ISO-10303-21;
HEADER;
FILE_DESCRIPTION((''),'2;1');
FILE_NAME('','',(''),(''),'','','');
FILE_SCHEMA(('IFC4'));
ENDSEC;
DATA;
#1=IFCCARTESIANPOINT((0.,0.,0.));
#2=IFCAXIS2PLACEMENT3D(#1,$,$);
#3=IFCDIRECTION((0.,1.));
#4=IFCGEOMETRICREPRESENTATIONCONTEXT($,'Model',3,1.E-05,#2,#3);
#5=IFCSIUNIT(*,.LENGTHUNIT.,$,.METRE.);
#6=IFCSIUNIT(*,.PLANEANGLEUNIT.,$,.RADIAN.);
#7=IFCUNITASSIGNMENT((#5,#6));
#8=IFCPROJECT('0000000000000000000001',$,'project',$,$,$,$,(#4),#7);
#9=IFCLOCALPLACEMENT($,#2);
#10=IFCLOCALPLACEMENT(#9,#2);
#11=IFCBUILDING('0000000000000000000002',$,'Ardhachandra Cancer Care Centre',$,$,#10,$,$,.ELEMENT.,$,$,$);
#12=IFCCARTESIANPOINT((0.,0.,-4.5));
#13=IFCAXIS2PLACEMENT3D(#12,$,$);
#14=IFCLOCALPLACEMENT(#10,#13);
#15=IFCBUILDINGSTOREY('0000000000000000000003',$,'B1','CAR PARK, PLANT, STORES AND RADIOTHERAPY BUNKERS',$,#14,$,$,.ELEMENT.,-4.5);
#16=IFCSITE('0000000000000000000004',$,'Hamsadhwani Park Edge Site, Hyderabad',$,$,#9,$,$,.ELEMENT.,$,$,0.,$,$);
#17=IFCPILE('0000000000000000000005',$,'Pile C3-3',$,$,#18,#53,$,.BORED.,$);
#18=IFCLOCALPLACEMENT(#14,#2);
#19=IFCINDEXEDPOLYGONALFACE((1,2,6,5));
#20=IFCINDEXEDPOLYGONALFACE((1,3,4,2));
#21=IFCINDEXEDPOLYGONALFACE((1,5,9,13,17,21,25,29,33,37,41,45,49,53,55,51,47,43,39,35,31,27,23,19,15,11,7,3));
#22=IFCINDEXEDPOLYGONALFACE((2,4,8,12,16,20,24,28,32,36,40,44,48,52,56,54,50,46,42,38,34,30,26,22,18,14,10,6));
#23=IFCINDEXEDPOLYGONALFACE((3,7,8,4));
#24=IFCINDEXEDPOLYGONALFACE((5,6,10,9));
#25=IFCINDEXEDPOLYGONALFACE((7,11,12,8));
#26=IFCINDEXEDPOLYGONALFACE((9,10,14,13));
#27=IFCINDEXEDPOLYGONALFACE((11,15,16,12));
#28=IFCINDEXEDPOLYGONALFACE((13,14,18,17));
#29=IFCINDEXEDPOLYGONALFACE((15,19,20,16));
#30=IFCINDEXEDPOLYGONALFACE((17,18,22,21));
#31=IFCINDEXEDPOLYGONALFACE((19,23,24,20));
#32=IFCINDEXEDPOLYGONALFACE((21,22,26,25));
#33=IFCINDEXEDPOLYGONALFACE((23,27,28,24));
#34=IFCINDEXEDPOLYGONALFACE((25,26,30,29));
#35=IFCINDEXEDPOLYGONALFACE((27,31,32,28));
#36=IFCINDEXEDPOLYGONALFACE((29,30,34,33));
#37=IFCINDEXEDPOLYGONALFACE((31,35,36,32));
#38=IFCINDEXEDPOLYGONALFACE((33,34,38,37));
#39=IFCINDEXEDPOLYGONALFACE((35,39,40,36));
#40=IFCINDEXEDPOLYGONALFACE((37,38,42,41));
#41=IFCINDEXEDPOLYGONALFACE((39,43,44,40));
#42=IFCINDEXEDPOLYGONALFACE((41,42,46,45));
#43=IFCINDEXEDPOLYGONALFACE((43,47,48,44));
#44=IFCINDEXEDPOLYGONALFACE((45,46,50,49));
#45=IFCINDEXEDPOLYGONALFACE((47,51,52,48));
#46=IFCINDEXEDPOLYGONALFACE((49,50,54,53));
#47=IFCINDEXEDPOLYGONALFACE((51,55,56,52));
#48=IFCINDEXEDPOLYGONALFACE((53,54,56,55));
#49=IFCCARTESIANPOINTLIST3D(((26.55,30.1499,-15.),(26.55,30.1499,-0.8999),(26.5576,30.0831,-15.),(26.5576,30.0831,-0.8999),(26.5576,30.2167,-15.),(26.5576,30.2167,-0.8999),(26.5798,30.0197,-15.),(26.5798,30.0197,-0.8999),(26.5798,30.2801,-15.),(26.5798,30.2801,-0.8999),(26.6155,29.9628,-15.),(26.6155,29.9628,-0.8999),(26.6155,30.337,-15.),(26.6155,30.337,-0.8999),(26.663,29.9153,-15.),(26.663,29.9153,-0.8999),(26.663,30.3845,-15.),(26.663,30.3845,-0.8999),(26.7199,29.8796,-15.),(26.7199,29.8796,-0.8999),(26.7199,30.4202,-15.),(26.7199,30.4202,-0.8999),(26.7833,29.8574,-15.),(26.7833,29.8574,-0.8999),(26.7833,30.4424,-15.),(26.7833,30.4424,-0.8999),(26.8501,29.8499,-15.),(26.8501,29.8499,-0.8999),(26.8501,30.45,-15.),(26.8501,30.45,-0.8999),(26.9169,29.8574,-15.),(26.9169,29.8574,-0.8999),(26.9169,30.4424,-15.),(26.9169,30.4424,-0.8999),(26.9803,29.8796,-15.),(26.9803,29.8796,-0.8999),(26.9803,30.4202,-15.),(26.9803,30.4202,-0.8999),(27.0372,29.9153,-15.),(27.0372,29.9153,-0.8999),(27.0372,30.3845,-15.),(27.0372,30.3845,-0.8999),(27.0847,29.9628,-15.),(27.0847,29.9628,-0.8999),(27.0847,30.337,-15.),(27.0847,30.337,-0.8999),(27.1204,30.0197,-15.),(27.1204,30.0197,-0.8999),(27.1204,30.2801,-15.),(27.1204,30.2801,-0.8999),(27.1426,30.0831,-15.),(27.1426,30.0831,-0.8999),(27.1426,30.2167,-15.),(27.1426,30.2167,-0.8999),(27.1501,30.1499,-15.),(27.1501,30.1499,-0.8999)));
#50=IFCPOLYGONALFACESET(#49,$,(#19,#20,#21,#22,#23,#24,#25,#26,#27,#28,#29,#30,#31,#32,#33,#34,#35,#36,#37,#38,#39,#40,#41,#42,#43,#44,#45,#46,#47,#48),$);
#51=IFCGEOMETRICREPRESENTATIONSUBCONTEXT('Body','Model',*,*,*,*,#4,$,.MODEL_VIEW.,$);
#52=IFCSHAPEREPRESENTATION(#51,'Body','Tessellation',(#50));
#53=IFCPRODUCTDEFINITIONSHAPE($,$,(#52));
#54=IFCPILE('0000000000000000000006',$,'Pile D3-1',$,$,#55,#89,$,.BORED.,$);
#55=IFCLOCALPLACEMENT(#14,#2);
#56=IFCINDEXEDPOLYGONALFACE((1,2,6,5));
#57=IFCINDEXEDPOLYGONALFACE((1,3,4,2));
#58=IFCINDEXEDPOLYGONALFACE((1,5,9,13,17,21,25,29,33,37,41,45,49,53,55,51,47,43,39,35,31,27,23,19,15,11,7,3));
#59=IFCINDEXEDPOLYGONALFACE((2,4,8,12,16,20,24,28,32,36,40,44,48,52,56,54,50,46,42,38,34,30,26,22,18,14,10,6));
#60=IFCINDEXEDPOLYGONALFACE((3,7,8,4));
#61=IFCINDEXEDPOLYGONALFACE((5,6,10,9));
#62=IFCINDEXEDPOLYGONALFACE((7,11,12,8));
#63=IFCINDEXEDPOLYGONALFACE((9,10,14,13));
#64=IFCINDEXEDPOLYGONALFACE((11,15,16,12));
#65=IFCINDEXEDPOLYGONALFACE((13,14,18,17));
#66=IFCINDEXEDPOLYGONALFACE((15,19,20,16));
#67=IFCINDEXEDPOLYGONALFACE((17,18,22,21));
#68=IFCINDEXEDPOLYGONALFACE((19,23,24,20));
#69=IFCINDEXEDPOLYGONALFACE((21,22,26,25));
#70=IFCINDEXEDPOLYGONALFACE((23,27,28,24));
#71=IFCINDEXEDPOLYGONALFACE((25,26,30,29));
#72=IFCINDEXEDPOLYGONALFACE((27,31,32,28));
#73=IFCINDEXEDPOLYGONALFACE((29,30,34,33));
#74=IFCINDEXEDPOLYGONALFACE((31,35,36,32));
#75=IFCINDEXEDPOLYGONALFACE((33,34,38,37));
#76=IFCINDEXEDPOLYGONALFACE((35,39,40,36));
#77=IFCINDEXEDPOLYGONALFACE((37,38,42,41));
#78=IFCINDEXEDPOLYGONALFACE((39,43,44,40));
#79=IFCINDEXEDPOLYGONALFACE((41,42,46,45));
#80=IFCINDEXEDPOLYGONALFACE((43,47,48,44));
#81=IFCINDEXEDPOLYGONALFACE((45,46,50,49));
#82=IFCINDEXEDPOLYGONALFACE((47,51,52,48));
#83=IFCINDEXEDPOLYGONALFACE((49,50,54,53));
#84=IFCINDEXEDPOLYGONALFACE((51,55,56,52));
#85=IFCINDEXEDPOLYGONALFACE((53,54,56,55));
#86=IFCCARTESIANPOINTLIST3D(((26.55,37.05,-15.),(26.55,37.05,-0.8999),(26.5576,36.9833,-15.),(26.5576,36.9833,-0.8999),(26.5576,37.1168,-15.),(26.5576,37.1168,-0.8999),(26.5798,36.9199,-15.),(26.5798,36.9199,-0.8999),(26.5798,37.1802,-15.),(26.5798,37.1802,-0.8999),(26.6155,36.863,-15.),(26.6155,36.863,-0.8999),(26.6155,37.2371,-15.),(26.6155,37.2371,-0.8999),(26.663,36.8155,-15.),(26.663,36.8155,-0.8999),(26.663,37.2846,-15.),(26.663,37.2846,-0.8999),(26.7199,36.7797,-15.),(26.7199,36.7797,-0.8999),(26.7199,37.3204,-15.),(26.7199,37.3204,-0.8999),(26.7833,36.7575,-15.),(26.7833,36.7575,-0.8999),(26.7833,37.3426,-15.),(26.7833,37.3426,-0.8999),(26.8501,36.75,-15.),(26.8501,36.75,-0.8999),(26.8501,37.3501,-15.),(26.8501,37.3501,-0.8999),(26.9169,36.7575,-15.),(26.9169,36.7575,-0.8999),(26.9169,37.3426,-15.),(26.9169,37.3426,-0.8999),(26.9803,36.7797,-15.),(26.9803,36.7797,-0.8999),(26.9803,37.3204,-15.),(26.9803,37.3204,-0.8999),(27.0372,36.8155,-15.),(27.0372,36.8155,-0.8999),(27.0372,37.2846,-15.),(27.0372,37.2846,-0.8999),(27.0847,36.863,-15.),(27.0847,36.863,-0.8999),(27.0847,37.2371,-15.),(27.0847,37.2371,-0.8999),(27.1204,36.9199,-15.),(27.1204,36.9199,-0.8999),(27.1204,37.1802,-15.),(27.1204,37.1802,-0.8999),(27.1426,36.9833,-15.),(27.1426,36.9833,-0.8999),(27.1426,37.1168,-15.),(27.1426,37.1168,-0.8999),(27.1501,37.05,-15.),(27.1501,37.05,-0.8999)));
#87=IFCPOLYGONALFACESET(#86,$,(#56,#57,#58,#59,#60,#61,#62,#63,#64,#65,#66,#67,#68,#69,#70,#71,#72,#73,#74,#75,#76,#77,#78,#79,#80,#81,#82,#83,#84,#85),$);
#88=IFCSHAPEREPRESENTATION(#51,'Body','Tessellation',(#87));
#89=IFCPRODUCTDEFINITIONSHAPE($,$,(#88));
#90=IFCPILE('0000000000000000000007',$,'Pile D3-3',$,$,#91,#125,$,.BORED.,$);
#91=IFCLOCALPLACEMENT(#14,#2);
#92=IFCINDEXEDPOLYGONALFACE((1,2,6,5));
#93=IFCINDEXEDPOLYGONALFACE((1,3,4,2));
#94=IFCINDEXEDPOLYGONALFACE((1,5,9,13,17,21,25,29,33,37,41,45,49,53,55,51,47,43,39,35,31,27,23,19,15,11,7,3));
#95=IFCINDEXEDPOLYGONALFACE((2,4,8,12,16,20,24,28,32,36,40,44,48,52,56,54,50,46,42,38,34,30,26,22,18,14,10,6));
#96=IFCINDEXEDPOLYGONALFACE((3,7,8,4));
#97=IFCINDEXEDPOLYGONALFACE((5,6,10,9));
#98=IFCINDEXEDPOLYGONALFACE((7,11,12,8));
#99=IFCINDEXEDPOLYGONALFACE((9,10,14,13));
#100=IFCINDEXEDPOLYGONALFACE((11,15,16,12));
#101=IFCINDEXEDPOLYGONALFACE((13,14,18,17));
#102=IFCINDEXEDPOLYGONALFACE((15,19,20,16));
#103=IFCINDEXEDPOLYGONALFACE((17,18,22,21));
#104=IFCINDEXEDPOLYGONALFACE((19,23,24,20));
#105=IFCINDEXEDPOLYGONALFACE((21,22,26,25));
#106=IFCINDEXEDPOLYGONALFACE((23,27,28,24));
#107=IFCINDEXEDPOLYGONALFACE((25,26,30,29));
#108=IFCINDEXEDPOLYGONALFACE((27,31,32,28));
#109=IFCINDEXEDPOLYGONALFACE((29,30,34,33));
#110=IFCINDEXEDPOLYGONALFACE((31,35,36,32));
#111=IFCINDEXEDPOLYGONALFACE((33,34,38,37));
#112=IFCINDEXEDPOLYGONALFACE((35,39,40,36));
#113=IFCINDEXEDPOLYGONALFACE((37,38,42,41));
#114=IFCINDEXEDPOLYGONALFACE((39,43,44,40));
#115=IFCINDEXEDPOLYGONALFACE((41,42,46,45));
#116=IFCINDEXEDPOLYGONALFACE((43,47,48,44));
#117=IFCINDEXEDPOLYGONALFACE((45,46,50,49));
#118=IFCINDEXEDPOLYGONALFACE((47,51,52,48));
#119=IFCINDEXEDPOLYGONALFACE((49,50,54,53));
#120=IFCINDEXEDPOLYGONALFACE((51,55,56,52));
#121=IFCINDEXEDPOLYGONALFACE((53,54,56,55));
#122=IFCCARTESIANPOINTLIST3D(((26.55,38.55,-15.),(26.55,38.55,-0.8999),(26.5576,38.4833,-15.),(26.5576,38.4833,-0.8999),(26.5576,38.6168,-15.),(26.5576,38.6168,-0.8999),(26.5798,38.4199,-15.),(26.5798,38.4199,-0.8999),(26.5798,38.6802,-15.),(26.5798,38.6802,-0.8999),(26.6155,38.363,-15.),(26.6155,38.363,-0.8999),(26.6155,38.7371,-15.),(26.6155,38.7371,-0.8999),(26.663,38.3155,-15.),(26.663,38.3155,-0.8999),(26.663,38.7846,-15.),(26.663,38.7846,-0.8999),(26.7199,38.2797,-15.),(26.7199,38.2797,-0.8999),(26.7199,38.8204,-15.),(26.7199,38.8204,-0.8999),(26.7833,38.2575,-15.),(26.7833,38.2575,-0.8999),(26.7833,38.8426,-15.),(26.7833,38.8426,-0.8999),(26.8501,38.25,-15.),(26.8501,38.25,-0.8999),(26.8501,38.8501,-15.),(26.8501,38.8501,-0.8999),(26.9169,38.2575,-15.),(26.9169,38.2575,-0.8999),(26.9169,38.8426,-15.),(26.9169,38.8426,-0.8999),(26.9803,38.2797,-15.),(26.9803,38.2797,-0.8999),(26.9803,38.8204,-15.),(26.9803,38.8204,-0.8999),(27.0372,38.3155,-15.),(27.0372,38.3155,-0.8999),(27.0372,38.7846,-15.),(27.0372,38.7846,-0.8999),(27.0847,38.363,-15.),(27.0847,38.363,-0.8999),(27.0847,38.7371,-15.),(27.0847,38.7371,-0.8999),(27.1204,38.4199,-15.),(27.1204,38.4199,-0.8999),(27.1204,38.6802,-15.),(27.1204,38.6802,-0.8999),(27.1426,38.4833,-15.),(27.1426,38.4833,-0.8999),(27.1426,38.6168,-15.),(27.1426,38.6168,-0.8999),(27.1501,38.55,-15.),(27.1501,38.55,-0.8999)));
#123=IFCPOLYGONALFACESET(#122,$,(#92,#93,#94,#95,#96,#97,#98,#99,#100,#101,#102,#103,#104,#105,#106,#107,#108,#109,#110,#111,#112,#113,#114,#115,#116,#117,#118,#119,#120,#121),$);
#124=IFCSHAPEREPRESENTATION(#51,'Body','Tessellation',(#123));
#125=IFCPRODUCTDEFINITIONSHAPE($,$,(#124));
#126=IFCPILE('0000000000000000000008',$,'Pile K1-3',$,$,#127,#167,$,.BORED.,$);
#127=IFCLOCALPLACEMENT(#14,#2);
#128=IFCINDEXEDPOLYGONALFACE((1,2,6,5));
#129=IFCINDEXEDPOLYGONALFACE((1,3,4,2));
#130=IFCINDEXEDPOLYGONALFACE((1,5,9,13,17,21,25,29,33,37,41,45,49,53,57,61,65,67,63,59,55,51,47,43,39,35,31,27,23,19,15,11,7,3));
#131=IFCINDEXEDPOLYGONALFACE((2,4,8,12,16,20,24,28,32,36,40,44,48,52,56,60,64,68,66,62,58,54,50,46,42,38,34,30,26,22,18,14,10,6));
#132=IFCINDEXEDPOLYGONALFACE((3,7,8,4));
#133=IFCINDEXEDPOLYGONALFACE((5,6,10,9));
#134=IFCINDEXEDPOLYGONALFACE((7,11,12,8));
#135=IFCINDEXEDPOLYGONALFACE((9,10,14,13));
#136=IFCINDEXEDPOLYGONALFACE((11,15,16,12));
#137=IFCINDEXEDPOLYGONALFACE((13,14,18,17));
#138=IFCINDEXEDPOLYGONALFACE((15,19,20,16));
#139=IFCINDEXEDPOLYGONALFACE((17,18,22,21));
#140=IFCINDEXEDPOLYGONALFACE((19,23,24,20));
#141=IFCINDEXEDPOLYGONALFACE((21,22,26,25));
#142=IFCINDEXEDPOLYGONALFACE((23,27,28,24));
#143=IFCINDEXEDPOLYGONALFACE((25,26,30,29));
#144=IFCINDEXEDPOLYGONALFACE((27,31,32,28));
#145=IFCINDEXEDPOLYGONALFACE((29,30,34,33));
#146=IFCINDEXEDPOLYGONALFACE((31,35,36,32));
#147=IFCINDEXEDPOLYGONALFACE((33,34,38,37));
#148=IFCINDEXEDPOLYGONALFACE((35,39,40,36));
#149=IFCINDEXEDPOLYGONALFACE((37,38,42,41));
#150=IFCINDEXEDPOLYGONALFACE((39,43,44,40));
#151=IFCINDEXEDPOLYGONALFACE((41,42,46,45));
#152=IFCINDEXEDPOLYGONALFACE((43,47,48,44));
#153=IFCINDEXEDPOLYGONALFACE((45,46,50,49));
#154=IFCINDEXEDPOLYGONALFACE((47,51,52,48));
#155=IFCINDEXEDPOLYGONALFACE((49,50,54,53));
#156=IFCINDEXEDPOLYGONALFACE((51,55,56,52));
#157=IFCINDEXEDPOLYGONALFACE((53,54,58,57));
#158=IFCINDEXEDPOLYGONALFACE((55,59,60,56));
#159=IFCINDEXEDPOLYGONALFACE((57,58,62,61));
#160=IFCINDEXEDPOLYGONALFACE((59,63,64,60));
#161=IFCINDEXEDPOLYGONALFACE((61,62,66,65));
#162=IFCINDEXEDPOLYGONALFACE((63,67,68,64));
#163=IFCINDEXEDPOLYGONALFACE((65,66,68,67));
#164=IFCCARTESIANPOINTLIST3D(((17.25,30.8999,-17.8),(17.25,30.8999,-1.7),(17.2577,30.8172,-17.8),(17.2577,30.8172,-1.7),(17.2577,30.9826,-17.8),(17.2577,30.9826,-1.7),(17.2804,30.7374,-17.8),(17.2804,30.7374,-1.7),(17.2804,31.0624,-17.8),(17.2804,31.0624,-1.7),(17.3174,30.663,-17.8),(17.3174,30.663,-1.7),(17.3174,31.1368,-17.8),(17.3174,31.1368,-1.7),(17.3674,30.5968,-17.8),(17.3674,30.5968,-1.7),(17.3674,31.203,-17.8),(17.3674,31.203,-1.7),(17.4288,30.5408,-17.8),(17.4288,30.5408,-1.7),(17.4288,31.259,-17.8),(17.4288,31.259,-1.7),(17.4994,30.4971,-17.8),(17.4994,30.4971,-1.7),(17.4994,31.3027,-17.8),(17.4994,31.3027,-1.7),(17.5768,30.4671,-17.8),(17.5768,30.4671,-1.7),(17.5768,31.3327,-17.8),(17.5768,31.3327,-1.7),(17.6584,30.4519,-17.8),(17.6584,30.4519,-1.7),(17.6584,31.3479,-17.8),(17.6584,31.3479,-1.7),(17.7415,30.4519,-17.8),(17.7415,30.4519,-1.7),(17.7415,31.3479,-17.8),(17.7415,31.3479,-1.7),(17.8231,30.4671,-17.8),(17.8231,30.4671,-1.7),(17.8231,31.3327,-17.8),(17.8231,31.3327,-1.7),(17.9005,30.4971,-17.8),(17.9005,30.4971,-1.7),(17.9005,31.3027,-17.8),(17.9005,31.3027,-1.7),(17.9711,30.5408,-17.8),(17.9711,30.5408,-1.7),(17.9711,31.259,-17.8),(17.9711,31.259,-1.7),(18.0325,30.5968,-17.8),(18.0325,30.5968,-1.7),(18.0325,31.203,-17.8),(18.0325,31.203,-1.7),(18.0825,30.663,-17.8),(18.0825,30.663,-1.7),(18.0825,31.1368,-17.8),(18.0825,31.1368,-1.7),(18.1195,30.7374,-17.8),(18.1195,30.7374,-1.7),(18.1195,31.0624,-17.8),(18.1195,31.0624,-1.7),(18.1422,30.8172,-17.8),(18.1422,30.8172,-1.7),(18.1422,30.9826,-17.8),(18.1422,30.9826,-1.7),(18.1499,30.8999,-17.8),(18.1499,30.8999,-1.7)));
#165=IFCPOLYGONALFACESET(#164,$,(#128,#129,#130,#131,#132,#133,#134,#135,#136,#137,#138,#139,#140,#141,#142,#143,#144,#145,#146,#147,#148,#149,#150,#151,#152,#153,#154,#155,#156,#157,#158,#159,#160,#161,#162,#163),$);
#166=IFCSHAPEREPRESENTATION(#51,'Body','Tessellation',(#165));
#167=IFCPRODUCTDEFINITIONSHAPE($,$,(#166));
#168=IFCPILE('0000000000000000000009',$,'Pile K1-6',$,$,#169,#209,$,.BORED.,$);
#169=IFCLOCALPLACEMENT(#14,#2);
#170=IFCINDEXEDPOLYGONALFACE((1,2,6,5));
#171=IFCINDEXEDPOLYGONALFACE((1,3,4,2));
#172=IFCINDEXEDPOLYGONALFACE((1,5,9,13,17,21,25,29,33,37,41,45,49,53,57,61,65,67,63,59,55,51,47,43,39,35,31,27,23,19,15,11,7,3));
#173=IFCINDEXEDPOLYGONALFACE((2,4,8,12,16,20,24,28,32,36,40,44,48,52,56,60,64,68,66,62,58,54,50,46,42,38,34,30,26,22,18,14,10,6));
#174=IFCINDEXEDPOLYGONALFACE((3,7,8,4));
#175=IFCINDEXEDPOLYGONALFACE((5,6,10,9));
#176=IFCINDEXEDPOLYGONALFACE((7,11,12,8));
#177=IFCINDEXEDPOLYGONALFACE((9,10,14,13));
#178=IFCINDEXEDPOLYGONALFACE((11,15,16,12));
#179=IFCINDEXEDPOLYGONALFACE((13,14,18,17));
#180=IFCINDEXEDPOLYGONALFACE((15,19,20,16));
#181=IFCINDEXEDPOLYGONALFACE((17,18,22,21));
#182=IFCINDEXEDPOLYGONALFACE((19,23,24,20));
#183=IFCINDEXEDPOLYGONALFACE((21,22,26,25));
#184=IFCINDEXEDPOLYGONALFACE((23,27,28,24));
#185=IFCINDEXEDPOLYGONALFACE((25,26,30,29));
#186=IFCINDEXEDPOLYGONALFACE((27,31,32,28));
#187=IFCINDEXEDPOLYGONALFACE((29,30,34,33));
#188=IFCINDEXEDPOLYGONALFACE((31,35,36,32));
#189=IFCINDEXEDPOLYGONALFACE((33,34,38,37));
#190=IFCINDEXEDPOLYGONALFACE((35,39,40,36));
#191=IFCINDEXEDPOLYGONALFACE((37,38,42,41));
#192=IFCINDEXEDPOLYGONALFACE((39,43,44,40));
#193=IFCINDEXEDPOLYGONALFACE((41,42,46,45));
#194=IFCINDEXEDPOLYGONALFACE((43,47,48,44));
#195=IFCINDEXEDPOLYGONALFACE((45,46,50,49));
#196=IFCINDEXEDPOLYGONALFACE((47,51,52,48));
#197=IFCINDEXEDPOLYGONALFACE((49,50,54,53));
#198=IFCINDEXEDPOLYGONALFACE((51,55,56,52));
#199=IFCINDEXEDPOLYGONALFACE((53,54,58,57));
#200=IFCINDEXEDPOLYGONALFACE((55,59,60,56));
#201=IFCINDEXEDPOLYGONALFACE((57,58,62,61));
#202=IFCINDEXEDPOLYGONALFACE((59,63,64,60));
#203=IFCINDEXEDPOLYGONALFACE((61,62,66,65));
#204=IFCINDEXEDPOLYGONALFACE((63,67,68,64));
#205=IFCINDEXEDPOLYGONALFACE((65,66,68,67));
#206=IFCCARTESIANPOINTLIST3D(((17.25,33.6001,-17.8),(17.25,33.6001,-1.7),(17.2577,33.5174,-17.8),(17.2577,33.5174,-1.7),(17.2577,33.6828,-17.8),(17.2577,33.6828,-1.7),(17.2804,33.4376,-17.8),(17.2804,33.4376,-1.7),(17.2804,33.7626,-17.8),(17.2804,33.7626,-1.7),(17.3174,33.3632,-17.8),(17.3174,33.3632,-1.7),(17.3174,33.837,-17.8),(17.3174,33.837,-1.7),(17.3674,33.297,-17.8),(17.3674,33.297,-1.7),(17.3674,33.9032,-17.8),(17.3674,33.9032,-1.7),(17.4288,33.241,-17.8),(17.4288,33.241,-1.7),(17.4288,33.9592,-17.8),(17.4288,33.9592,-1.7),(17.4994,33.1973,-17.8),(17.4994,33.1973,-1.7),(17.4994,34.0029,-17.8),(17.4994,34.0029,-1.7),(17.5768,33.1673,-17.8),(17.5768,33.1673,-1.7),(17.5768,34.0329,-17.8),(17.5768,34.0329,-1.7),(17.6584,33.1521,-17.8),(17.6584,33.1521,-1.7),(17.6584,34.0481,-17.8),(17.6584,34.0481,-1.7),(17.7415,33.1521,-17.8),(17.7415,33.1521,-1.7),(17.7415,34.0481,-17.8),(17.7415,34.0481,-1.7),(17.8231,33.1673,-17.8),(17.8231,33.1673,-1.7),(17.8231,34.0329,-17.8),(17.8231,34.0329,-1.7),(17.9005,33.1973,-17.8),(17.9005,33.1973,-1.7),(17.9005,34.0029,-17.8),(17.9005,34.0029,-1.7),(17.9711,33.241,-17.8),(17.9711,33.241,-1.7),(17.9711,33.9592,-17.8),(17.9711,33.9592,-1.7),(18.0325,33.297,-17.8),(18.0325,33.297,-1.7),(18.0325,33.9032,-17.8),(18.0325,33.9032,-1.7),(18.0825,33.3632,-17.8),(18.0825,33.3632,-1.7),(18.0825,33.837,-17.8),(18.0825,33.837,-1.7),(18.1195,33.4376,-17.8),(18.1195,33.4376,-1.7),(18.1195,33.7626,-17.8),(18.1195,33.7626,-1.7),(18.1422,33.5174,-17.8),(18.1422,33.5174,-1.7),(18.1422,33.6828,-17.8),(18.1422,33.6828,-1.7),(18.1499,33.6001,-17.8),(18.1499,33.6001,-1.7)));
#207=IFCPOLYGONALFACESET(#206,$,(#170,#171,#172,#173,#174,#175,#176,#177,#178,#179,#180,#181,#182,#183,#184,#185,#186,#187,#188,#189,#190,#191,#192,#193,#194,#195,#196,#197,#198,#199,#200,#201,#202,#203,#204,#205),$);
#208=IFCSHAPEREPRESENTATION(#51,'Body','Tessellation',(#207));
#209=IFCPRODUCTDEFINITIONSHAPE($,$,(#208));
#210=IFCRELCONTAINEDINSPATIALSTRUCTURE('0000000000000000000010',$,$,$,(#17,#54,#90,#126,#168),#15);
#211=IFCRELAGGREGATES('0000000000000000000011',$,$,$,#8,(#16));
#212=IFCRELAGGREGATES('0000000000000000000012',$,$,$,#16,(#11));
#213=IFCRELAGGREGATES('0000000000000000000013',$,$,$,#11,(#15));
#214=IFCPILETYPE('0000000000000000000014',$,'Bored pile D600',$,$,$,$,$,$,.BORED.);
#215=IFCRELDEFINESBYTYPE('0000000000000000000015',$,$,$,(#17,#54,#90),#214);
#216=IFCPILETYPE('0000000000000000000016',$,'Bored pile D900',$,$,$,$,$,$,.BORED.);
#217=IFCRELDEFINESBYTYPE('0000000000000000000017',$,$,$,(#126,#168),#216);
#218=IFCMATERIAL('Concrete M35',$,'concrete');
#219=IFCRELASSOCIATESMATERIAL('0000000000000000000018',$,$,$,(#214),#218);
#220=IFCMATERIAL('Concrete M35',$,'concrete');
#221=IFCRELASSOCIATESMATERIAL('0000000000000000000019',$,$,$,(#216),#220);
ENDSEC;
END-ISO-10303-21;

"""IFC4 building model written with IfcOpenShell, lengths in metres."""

from ifc_helpers import new_model, si_unit, direction, frame, origin, origin_2d, place, context, subcontext, project, spatial, circle, extrude, material, material_profile, profile_set, type_object, element, save


model = new_model("IFC4")

# Units and contexts
model_context = context("Model", 3, precision=1e-05, world=origin(), true_north=direction((0.0, 1.0)))
body_context = subcontext(model_context, "Body", "Model", "MODEL_VIEW")
ifc_project = project(units=[si_unit("LENGTHUNIT", "METRE"), si_unit("PLANEANGLEUNIT", "RADIAN")], contexts=[model_context])

# Site, building, storey
site_placement = place(None, origin())
site = spatial("IfcSite", under=ifc_project, at=site_placement, Name="Hamsadhwani Park Edge Site, Hyderabad", CompositionType="ELEMENT", RefElevation=0.0)
building_placement = place(site_placement, origin())
building = spatial("IfcBuilding", under=site, at=building_placement, Name="Ardhachandra Cancer Care Centre", CompositionType="ELEMENT")
storey_placement = place(building_placement, frame((0.0, 0.0, -4.5)))
storey = spatial("IfcBuildingStorey", under=building, at=storey_placement, Name="B1", Description="CAR PARK, PLANT, STORES AND RADIOTHERAPY BUNKERS", CompositionType="ELEMENT", Elevation=-4.5)

# Piles
ifc_material_1 = material(Name="Concrete M35", Category="concrete")
ifc_material_profile_1 = material_profile(ifc_material_1, circle(Radius=0.3, at=origin_2d()), Name="D600")
ifc_profile_set_1 = profile_set([ifc_material_profile_1], Name="Concrete M35")
pile_type_1 = type_object("IfcPileType", Name="Bored pile D600", PredefinedType="BORED", material=ifc_profile_set_1)
for number, where, z_axis, x_axis, name in (
    (1, (26.8501, 30.1499, -0.8999), (0.0, 0.0, -1.0), (1.0, 0.0, 0.0), "Pile C3-3"),
    (2, (26.8501, 37.05, -0.8999), (0.0, 0.0, -1.0), (1.0, 0.0, 0.0), "Pile D3-1"),
    (3, (26.8501, 38.55, -0.8999), (0.0, 0.0, -1.0), (1.0, 0.0, 0.0), "Pile D3-3"),
):
    element("IfcPile", number, at=place(storey_placement, frame(where, z_axis=z_axis, x_axis=x_axis)), inside=storey, type_object=pile_type_1, Name=name, PredefinedType="BORED", context=body_context, shape_type="SweptSolid", body=[
        extrude(circle(Radius=0.3, at=origin_2d()), origin(), (0.0, 0.0, 1.0), 14.1001),
    ])
ifc_material_2 = material(Name="Concrete M35", Category="concrete")
ifc_material_profile_2 = material_profile(ifc_material_2, circle(Radius=0.45, at=origin_2d()), Name="D900")
ifc_profile_set_2 = profile_set([ifc_material_profile_2], Name="Concrete M35")
pile_type_2 = type_object("IfcPileType", Name="Bored pile D900", PredefinedType="BORED", material=ifc_profile_set_2)
for number, where, z_axis, x_axis, name in (
    (4, (17.7, 30.8999, -1.7), (0.0, 0.0, -1.0), (1.0, 0.0, 0.0), "Pile K1-3"),
    (5, (17.7, 33.6001, -1.7), (0.0, 0.0, -1.0), (1.0, 0.0, 0.0), "Pile K1-6"),
):
    element("IfcPile", number, at=place(storey_placement, frame(where, z_axis=z_axis, x_axis=x_axis)), inside=storey, type_object=pile_type_2, Name=name, PredefinedType="BORED", context=body_context, shape_type="SweptSolid", body=[
        extrude(circle(Radius=0.45, at=origin_2d()), origin(), (0.0, 0.0, 1.0), 16.1001),
    ])

save(model, "model.ifc")
